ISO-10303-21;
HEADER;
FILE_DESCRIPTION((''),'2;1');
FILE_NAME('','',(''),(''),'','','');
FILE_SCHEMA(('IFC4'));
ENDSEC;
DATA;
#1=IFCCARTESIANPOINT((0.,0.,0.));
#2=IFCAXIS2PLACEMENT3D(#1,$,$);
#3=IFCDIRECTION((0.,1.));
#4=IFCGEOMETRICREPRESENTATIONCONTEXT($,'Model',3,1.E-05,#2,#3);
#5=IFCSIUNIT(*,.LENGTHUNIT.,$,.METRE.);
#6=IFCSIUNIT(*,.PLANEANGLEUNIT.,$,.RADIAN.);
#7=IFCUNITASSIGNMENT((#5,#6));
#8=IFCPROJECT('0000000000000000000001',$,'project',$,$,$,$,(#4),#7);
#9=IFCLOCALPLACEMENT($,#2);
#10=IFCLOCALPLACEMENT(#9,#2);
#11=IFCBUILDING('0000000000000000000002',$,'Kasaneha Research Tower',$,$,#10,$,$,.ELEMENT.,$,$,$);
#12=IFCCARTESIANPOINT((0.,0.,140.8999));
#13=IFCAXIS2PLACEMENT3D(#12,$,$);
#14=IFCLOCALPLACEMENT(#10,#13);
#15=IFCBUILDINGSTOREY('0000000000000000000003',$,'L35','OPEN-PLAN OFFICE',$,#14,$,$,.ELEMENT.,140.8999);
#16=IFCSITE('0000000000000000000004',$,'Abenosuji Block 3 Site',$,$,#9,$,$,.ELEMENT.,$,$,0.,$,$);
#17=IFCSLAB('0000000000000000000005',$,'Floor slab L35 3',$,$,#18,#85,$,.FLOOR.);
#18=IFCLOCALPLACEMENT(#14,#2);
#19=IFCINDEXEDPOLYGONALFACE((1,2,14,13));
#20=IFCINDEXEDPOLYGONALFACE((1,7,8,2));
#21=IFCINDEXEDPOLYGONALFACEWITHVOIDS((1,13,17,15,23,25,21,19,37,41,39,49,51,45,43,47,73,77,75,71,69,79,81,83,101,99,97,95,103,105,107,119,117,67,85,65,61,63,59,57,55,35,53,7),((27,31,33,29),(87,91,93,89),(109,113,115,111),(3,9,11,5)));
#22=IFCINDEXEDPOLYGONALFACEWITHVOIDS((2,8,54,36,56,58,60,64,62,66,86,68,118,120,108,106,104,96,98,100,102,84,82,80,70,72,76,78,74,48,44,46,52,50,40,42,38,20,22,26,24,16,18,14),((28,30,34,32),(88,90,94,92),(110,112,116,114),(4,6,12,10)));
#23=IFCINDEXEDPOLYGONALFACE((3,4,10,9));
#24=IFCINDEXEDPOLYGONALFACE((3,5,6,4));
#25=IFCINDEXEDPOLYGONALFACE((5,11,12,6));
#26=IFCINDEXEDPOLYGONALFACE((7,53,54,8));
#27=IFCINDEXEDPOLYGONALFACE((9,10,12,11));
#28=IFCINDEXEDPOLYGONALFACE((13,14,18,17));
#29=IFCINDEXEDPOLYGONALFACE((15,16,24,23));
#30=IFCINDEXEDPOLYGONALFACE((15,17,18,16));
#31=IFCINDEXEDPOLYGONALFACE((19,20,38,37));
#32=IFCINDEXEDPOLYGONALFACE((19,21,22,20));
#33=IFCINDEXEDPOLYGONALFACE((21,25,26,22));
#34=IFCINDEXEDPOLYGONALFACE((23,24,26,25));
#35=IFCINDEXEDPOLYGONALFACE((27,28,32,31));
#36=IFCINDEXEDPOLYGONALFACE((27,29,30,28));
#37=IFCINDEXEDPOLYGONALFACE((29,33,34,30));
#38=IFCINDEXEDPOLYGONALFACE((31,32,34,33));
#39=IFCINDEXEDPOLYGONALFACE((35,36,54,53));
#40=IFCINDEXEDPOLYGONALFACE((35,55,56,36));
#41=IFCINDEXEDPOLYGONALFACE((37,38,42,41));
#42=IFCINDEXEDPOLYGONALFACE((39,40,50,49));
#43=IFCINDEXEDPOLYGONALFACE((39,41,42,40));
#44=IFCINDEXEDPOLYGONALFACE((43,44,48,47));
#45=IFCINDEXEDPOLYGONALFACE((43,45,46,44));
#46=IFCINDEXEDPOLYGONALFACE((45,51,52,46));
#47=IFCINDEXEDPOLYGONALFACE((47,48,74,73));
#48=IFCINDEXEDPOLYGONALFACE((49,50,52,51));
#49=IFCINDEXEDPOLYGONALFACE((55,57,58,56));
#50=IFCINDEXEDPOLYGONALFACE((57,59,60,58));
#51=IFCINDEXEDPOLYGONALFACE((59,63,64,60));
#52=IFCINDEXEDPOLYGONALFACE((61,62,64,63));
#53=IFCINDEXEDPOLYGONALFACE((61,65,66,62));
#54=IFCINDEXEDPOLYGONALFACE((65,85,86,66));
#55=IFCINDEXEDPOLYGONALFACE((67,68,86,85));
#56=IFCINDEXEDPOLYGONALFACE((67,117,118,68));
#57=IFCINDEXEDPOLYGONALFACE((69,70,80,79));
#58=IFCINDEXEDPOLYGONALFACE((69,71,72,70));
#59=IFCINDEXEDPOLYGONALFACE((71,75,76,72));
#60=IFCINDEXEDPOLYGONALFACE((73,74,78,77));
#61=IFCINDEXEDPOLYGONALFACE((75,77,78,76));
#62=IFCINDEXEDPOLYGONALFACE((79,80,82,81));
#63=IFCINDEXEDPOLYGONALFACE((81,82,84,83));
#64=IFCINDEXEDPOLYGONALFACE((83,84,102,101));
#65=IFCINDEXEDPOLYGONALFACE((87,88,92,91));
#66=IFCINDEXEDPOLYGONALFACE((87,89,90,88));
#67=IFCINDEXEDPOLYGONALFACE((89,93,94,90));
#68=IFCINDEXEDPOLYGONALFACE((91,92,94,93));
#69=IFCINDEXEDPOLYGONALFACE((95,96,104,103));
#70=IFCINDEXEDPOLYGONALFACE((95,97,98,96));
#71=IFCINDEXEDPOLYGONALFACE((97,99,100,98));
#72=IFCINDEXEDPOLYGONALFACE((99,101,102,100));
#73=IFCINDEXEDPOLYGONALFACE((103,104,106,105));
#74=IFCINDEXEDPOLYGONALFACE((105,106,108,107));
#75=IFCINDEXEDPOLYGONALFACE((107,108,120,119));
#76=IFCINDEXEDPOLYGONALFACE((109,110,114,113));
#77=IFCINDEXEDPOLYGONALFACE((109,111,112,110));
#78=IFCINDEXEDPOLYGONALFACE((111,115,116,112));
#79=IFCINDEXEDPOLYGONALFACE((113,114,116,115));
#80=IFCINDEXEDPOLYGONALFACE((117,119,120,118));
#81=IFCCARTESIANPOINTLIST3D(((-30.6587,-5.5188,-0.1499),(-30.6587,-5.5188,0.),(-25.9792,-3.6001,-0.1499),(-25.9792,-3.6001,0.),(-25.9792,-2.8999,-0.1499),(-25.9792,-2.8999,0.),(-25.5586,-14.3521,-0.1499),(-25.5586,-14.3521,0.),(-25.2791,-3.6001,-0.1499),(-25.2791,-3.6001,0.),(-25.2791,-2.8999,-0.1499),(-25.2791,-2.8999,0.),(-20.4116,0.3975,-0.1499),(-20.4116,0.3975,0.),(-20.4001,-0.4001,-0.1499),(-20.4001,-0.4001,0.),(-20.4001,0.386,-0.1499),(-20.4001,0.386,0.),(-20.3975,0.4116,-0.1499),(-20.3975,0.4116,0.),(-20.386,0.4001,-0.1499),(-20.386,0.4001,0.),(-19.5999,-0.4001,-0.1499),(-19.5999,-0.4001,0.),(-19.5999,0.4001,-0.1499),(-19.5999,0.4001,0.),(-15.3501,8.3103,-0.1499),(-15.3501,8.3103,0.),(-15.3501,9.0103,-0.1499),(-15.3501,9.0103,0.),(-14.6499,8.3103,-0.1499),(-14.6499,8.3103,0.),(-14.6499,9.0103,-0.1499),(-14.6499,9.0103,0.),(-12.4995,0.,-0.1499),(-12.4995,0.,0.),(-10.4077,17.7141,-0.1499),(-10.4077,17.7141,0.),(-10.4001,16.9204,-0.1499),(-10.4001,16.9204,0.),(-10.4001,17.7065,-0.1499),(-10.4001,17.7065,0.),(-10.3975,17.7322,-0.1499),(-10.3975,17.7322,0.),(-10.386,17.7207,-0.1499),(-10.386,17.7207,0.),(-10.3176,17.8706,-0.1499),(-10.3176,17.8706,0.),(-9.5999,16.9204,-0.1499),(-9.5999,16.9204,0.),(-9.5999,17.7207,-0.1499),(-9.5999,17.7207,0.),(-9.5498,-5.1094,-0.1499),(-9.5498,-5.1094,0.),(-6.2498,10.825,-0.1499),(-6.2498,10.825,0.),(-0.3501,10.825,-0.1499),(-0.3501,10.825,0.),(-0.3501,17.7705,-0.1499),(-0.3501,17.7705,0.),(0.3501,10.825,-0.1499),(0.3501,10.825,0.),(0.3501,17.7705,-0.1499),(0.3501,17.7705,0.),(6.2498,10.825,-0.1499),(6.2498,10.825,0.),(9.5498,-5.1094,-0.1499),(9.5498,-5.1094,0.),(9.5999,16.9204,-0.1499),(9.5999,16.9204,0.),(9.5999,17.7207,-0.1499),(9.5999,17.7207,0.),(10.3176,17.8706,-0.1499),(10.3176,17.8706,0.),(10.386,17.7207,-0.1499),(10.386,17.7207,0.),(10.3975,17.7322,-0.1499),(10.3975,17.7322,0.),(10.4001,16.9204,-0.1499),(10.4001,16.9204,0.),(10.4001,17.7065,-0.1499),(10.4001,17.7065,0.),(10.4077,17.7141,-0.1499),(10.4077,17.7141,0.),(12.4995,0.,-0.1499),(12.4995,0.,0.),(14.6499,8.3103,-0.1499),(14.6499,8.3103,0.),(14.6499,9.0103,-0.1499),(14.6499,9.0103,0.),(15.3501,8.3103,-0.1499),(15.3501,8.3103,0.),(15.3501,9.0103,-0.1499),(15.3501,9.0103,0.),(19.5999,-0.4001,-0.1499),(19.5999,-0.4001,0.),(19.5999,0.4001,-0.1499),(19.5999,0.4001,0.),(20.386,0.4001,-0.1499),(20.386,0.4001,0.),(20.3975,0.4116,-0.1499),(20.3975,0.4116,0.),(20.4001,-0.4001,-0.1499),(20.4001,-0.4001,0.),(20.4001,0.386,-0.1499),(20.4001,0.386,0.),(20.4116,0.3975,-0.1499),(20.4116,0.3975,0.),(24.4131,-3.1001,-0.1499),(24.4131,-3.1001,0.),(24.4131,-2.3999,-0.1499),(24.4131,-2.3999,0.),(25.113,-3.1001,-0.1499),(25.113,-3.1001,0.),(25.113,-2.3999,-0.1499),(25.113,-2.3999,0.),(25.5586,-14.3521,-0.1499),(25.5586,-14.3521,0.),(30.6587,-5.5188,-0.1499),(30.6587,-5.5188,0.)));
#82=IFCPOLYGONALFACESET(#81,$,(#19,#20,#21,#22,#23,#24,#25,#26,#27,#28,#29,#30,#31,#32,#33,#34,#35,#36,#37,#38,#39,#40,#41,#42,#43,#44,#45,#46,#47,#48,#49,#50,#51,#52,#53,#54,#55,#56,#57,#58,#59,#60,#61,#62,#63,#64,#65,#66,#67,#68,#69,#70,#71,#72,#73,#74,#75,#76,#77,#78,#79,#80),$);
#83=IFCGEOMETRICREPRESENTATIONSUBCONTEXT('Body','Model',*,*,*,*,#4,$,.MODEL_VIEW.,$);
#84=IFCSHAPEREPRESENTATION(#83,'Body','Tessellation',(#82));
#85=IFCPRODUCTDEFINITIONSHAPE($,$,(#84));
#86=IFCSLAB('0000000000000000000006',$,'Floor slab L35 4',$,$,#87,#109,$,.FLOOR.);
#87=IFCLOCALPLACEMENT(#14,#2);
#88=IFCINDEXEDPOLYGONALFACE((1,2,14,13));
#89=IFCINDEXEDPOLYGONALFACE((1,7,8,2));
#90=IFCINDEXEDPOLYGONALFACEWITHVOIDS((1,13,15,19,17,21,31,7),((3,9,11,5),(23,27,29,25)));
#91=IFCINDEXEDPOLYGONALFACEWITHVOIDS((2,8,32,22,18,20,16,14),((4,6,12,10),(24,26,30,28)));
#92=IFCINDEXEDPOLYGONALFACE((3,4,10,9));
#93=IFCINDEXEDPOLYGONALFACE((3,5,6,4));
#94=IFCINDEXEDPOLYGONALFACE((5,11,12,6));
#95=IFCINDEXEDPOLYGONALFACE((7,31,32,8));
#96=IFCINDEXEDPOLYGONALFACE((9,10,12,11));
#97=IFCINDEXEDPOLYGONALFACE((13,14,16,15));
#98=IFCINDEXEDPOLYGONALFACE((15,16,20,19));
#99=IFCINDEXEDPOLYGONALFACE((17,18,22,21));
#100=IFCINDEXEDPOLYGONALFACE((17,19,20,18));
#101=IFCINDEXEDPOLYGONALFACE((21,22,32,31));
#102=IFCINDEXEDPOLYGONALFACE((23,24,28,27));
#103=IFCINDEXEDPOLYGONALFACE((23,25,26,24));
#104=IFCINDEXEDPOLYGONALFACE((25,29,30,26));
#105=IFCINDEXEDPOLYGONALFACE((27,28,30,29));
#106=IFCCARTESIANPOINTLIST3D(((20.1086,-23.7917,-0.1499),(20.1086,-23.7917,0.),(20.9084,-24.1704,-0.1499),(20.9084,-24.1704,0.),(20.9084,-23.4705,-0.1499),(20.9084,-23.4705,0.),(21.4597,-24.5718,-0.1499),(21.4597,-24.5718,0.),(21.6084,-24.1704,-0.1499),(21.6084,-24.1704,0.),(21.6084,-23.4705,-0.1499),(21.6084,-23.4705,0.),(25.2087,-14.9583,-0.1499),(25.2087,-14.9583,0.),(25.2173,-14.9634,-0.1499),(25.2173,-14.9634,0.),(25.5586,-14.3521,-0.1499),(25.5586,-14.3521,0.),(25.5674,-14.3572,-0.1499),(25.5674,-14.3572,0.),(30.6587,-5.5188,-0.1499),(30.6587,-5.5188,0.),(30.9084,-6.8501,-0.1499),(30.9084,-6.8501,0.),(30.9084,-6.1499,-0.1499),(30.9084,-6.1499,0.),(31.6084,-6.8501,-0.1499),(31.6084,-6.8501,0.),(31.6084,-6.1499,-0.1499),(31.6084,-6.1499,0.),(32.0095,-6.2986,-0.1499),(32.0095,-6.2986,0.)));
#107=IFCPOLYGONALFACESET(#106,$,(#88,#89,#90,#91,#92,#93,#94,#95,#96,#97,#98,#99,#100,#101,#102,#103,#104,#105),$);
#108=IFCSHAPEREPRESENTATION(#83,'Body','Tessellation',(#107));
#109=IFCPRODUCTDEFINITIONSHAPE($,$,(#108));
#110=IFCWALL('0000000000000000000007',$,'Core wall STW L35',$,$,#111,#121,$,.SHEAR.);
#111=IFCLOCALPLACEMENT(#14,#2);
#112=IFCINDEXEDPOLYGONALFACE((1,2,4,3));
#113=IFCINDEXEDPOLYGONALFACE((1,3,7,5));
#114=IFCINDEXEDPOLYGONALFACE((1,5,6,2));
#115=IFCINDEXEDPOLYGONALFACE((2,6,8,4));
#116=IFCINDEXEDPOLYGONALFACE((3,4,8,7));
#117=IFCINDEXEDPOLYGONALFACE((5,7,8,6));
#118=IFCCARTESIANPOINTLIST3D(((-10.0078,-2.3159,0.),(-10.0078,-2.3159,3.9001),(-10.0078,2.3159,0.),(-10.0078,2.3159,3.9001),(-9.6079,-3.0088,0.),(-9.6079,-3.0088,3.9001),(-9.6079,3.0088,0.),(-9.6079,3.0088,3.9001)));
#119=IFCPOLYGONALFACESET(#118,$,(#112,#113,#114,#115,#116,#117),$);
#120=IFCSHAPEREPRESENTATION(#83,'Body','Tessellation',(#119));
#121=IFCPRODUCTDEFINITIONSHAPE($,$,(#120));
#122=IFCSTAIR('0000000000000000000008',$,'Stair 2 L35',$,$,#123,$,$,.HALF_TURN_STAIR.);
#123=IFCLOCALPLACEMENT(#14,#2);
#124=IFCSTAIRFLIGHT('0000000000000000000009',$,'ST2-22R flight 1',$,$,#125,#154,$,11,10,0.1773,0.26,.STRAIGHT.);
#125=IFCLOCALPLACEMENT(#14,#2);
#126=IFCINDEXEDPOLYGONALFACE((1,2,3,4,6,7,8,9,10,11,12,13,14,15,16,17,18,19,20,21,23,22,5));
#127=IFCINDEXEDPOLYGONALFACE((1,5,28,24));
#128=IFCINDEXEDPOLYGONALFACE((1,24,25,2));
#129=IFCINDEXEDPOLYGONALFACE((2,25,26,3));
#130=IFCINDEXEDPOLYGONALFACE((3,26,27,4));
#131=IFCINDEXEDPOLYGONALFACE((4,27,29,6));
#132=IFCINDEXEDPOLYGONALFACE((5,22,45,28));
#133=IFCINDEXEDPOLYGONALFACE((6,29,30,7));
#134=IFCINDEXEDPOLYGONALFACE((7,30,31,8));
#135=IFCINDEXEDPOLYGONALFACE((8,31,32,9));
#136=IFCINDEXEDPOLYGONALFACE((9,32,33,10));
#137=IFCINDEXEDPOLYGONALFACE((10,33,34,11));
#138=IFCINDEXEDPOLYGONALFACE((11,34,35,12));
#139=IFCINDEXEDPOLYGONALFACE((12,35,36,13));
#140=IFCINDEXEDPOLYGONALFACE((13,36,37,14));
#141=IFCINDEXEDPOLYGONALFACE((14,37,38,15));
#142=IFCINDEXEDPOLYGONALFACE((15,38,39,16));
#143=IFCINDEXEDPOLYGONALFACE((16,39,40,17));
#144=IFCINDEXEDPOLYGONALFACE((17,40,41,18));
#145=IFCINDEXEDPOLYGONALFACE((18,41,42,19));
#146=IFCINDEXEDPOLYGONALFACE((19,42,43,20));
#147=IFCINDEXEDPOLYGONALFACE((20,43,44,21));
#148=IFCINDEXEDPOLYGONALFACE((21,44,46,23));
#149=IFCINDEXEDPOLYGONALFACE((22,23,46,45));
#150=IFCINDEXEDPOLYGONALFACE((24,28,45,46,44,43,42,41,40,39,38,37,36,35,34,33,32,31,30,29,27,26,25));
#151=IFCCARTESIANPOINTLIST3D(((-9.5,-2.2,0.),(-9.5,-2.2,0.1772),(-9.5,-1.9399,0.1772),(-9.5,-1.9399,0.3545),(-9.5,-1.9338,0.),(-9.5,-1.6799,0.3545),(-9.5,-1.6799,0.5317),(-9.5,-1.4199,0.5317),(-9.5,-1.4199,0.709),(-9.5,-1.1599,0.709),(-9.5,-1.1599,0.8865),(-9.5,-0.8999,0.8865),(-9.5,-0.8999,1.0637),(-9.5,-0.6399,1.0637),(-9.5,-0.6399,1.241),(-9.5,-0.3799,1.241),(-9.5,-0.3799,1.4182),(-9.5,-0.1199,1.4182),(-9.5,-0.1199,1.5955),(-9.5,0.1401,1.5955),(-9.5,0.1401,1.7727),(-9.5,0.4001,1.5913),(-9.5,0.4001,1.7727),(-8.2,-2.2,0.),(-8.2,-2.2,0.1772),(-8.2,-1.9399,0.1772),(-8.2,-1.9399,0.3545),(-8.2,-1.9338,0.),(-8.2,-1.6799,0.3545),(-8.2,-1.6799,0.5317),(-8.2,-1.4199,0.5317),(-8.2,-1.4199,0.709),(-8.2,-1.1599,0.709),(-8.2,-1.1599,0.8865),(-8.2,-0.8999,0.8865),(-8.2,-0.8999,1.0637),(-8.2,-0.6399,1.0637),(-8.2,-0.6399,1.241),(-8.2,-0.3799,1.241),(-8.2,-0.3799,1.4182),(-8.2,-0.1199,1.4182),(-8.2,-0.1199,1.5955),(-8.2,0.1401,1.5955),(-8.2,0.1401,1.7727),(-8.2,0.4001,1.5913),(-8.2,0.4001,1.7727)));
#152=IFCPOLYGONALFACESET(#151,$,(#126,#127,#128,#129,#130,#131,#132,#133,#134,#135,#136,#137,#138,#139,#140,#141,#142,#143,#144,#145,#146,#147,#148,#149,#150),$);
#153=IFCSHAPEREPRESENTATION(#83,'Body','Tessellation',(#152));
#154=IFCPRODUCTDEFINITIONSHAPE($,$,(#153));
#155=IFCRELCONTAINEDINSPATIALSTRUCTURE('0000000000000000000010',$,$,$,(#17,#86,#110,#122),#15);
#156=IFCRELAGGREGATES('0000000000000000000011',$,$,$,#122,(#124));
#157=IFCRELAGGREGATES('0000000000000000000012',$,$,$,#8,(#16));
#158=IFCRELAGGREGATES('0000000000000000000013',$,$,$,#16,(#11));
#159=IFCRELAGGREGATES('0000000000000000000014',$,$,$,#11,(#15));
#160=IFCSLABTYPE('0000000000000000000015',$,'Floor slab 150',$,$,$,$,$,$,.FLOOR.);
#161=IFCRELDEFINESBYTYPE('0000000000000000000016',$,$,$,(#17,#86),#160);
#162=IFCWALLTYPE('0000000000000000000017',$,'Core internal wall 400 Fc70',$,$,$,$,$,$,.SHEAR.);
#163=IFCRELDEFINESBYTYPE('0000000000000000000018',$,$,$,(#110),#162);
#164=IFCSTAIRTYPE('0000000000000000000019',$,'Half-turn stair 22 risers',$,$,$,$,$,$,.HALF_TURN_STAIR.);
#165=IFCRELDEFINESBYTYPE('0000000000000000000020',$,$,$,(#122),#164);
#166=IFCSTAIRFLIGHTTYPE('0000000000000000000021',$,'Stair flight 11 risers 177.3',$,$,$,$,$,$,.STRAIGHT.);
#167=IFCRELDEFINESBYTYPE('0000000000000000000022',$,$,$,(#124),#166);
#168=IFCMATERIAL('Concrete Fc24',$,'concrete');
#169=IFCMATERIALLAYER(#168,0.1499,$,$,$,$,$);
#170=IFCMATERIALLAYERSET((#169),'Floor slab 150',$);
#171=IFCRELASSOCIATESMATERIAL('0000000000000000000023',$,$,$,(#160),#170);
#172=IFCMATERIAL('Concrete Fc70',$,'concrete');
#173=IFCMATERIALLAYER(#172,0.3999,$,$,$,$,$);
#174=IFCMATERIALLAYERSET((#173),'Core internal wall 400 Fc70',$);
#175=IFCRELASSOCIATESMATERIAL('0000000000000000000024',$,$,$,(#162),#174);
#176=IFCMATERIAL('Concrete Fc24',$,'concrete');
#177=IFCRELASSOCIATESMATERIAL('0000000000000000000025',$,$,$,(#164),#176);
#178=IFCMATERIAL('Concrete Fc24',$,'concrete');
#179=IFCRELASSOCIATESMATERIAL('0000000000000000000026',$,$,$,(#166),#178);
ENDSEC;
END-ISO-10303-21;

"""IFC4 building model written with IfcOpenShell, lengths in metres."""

from ifc_helpers import new_model, si_unit, direction, frame, origin, place, context, subcontext, project, spatial, polyline, outline, extrude, material, layer, layer_set, type_object, element, aggregate, save


model = new_model("IFC4")

# Units and contexts
model_context = context("Model", 3, precision=1e-05, world=origin(), true_north=direction((0.0, 1.0)))
body_context = subcontext(model_context, "Body", "Model", "MODEL_VIEW")
ifc_project = project(units=[si_unit("LENGTHUNIT", "METRE"), si_unit("PLANEANGLEUNIT", "RADIAN")], contexts=[model_context])

# Site, building, storey
site_placement = place(None, origin())
site = spatial("IfcSite", under=ifc_project, at=site_placement, Name="Abenosuji Block 3 Site", CompositionType="ELEMENT", RefElevation=0.0)
building_placement = place(site_placement, origin())
building = spatial("IfcBuilding", under=site, at=building_placement, Name="Kasaneha Research Tower", CompositionType="ELEMENT")
storey_placement = place(building_placement, frame((0.0, 0.0, 140.8999)))
storey = spatial("IfcBuildingStorey", under=building, at=storey_placement, Name="L35", Description="OPEN-PLAN OFFICE", CompositionType="ELEMENT", Elevation=140.8999)

# Slabs
ifc_material_1 = material(Name="Concrete Fc24", Category="concrete")
ifc_layer_1 = layer(ifc_material_1, 0.1499)
ifc_layer_set_1 = layer_set([ifc_layer_1], Name="Floor slab 150")
slab_type_1 = type_object("IfcSlabType", Name="Floor slab 150", PredefinedType="FLOOR", material=ifc_layer_set_1)
slab_1_placement = place(storey_placement, frame((0.0, 0.0, -0.1499)))
element("IfcSlab", 1, at=slab_1_placement, inside=storey, type_object=slab_type_1, Name="Floor slab L35 3", PredefinedType="FLOOR", context=body_context, shape_type="SweptSolid", body=[
    extrude(outline(polyline([(-20.4001, -0.4001), (-19.5999, -0.4001), (-19.5999, 0.4001), (-20.386, 0.4001), (-20.3975, 0.4116), (-10.4077, 17.7141), (-10.4001, 17.7065), (-10.4001, 16.9204), (-9.5999, 16.9204), (-9.5999, 17.7207), (-10.386, 17.7207), (-10.3975, 17.7322), (-10.3176, 17.8706), (10.3176, 17.8706), (10.3975, 17.7322), (10.386, 17.7207), (9.5999, 17.7207), (9.5999, 16.9204), (10.4001, 16.9204), (10.4001, 17.7065), (10.4077, 17.7141), (20.3975, 0.4116), (20.386, 0.4001), (19.5999, 0.4001), (19.5999, -0.4001), (20.4001, -0.4001), (20.4001, 0.386), (20.4116, 0.3975), (30.6587, -5.5188), (25.5586, -14.3521), (9.5498, -5.1094), (12.4995, 0.0), (6.2498, 10.825), (0.3501, 10.825), (0.3501, 17.7705), (-0.3501, 17.7705), (-0.3501, 10.825), (-6.2498, 10.825), (-12.4995, 0.0), (-9.5498, -5.1094), (-25.5586, -14.3521), (-30.6587, -5.5188), (-20.4116, 0.3975), (-20.4001, 0.386), (-20.4001, -0.4001)]), holes=[polyline([(-25.2791, -3.6001), (-25.2791, -2.8999), (-25.9792, -2.8999), (-25.9792, -3.6001), (-25.2791, -3.6001)]), polyline([(-15.3501, 8.3103), (-14.6499, 8.3103), (-14.6499, 9.0103), (-15.3501, 9.0103), (-15.3501, 8.3103)]), polyline([(24.4131, -3.1001), (25.113, -3.1001), (25.113, -2.3999), (24.4131, -2.3999), (24.4131, -3.1001)]), polyline([(14.6499, 8.3103), (15.3501, 8.3103), (15.3501, 9.0103), (14.6499, 9.0103), (14.6499, 8.3103)])]), origin(), (0.0, 0.0, 1.0), 0.1499),
])
slab_2_placement = place(storey_placement, frame((0.0, 0.0, -0.1499)))
element("IfcSlab", 2, at=slab_2_placement, inside=storey, type_object=slab_type_1, Name="Floor slab L35 4", PredefinedType="FLOOR", context=body_context, shape_type="SweptSolid", body=[
    extrude(outline(polyline([(32.0095, -6.2986), (21.4597, -24.5718), (20.1086, -23.7917), (25.2087, -14.9583), (25.2173, -14.9634), (25.5674, -14.3572), (25.5586, -14.3521), (30.6587, -5.5188), (32.0095, -6.2986)]), holes=[polyline([(21.6084, -24.1704), (21.6084, -23.4705), (20.9084, -23.4705), (20.9084, -24.1704), (21.6084, -24.1704)]), polyline([(31.6084, -6.8501), (31.6084, -6.1499), (30.9084, -6.1499), (30.9084, -6.8501), (31.6084, -6.8501)])]), origin(), (0.0, 0.0, 1.0), 0.1499),
])

# Wall
ifc_material_2 = material(Name="Concrete Fc70", Category="concrete")
ifc_layer_2 = layer(ifc_material_2, 0.3999)
ifc_layer_set_2 = layer_set([ifc_layer_2], Name="Core internal wall 400 Fc70")
wall_type = type_object("IfcWallType", Name="Core internal wall 400 Fc70", PredefinedType="SHEAR", material=ifc_layer_set_2)
wall_placement = place(storey_placement, frame((-9.8079, -2.6624, 0.0), z_axis=(0.0, 0.0, 1.0), x_axis=(0.0, 1.0, 0.0)))
element("IfcWall", 3, at=wall_placement, inside=storey, type_object=wall_type, Name="Core wall STW L35", PredefinedType="SHEAR", context=body_context, shape_type="SweptSolid", body=[
    extrude(outline(polyline([(-0.3464, -0.2), (5.6711, -0.2), (4.9783, 0.2), (0.3464, 0.2), (-0.3464, -0.2)])), origin(), (0.0, 0.0, 1.0), 3.9001),
])

# Stair, stair flight
ifc_material_3 = material(Name="Concrete Fc24", Category="concrete")
stair_type = type_object("IfcStairType", Name="Half-turn stair 22 risers", PredefinedType="HALF_TURN_STAIR", material=ifc_material_3)
stair_placement = place(storey_placement, origin())
stair = element("IfcStair", 4, at=stair_placement, inside=storey, type_object=stair_type, Name="Stair 2 L35", PredefinedType="HALF_TURN_STAIR")
ifc_material_4 = material(Name="Concrete Fc24", Category="concrete")
stair_flight_type = type_object("IfcStairFlightType", Name="Stair flight 11 risers 177.3", PredefinedType="STRAIGHT", material=ifc_material_4)
stair_flight_placement = place(storey_placement, frame((-8.8501, -2.2, 0.0), z_axis=(0.0, 0.0, 1.0), x_axis=(0.0, 1.0, 0.0)))
stair_flight = element("IfcStairFlight", 5, at=stair_flight_placement, type_object=stair_flight_type, Name="ST2-22R flight 1", NumberOfRisers=11, NumberOfTreads=10, PredefinedType="STRAIGHT", RiserHeight=0.1773, TreadLength=0.26, context=body_context, shape_type="SweptSolid", body=[
    extrude(outline(polyline([(0.0, 0.0), (0.0, 0.1772), (0.26, 0.1772), (0.26, 0.3545), (0.52, 0.3545), (0.52, 0.5317), (0.78, 0.5317), (0.78, 0.709), (1.04, 0.709), (1.04, 0.8865), (1.3, 0.8865), (1.3, 1.0637), (1.5601, 1.0637), (1.5601, 1.241), (1.8201, 1.241), (1.8201, 1.4182), (2.0801, 1.4182), (2.0801, 1.5955), (2.3401, 1.5955), (2.3401, 1.7727), (2.6001, 1.7727), (2.6001, 1.95), (2.6001, 1.5913), (0.2661, 0.0), (0.0, 0.0)])), frame((0.0, 0.6499, 0.0), z_axis=(0.0, -1.0, 0.0), x_axis=(1.0, 0.0, 0.0)), (0.0, 0.0, 1.0), 1.3),
])
aggregate(stair, [stair_flight])

save(model, "model.ifc")
